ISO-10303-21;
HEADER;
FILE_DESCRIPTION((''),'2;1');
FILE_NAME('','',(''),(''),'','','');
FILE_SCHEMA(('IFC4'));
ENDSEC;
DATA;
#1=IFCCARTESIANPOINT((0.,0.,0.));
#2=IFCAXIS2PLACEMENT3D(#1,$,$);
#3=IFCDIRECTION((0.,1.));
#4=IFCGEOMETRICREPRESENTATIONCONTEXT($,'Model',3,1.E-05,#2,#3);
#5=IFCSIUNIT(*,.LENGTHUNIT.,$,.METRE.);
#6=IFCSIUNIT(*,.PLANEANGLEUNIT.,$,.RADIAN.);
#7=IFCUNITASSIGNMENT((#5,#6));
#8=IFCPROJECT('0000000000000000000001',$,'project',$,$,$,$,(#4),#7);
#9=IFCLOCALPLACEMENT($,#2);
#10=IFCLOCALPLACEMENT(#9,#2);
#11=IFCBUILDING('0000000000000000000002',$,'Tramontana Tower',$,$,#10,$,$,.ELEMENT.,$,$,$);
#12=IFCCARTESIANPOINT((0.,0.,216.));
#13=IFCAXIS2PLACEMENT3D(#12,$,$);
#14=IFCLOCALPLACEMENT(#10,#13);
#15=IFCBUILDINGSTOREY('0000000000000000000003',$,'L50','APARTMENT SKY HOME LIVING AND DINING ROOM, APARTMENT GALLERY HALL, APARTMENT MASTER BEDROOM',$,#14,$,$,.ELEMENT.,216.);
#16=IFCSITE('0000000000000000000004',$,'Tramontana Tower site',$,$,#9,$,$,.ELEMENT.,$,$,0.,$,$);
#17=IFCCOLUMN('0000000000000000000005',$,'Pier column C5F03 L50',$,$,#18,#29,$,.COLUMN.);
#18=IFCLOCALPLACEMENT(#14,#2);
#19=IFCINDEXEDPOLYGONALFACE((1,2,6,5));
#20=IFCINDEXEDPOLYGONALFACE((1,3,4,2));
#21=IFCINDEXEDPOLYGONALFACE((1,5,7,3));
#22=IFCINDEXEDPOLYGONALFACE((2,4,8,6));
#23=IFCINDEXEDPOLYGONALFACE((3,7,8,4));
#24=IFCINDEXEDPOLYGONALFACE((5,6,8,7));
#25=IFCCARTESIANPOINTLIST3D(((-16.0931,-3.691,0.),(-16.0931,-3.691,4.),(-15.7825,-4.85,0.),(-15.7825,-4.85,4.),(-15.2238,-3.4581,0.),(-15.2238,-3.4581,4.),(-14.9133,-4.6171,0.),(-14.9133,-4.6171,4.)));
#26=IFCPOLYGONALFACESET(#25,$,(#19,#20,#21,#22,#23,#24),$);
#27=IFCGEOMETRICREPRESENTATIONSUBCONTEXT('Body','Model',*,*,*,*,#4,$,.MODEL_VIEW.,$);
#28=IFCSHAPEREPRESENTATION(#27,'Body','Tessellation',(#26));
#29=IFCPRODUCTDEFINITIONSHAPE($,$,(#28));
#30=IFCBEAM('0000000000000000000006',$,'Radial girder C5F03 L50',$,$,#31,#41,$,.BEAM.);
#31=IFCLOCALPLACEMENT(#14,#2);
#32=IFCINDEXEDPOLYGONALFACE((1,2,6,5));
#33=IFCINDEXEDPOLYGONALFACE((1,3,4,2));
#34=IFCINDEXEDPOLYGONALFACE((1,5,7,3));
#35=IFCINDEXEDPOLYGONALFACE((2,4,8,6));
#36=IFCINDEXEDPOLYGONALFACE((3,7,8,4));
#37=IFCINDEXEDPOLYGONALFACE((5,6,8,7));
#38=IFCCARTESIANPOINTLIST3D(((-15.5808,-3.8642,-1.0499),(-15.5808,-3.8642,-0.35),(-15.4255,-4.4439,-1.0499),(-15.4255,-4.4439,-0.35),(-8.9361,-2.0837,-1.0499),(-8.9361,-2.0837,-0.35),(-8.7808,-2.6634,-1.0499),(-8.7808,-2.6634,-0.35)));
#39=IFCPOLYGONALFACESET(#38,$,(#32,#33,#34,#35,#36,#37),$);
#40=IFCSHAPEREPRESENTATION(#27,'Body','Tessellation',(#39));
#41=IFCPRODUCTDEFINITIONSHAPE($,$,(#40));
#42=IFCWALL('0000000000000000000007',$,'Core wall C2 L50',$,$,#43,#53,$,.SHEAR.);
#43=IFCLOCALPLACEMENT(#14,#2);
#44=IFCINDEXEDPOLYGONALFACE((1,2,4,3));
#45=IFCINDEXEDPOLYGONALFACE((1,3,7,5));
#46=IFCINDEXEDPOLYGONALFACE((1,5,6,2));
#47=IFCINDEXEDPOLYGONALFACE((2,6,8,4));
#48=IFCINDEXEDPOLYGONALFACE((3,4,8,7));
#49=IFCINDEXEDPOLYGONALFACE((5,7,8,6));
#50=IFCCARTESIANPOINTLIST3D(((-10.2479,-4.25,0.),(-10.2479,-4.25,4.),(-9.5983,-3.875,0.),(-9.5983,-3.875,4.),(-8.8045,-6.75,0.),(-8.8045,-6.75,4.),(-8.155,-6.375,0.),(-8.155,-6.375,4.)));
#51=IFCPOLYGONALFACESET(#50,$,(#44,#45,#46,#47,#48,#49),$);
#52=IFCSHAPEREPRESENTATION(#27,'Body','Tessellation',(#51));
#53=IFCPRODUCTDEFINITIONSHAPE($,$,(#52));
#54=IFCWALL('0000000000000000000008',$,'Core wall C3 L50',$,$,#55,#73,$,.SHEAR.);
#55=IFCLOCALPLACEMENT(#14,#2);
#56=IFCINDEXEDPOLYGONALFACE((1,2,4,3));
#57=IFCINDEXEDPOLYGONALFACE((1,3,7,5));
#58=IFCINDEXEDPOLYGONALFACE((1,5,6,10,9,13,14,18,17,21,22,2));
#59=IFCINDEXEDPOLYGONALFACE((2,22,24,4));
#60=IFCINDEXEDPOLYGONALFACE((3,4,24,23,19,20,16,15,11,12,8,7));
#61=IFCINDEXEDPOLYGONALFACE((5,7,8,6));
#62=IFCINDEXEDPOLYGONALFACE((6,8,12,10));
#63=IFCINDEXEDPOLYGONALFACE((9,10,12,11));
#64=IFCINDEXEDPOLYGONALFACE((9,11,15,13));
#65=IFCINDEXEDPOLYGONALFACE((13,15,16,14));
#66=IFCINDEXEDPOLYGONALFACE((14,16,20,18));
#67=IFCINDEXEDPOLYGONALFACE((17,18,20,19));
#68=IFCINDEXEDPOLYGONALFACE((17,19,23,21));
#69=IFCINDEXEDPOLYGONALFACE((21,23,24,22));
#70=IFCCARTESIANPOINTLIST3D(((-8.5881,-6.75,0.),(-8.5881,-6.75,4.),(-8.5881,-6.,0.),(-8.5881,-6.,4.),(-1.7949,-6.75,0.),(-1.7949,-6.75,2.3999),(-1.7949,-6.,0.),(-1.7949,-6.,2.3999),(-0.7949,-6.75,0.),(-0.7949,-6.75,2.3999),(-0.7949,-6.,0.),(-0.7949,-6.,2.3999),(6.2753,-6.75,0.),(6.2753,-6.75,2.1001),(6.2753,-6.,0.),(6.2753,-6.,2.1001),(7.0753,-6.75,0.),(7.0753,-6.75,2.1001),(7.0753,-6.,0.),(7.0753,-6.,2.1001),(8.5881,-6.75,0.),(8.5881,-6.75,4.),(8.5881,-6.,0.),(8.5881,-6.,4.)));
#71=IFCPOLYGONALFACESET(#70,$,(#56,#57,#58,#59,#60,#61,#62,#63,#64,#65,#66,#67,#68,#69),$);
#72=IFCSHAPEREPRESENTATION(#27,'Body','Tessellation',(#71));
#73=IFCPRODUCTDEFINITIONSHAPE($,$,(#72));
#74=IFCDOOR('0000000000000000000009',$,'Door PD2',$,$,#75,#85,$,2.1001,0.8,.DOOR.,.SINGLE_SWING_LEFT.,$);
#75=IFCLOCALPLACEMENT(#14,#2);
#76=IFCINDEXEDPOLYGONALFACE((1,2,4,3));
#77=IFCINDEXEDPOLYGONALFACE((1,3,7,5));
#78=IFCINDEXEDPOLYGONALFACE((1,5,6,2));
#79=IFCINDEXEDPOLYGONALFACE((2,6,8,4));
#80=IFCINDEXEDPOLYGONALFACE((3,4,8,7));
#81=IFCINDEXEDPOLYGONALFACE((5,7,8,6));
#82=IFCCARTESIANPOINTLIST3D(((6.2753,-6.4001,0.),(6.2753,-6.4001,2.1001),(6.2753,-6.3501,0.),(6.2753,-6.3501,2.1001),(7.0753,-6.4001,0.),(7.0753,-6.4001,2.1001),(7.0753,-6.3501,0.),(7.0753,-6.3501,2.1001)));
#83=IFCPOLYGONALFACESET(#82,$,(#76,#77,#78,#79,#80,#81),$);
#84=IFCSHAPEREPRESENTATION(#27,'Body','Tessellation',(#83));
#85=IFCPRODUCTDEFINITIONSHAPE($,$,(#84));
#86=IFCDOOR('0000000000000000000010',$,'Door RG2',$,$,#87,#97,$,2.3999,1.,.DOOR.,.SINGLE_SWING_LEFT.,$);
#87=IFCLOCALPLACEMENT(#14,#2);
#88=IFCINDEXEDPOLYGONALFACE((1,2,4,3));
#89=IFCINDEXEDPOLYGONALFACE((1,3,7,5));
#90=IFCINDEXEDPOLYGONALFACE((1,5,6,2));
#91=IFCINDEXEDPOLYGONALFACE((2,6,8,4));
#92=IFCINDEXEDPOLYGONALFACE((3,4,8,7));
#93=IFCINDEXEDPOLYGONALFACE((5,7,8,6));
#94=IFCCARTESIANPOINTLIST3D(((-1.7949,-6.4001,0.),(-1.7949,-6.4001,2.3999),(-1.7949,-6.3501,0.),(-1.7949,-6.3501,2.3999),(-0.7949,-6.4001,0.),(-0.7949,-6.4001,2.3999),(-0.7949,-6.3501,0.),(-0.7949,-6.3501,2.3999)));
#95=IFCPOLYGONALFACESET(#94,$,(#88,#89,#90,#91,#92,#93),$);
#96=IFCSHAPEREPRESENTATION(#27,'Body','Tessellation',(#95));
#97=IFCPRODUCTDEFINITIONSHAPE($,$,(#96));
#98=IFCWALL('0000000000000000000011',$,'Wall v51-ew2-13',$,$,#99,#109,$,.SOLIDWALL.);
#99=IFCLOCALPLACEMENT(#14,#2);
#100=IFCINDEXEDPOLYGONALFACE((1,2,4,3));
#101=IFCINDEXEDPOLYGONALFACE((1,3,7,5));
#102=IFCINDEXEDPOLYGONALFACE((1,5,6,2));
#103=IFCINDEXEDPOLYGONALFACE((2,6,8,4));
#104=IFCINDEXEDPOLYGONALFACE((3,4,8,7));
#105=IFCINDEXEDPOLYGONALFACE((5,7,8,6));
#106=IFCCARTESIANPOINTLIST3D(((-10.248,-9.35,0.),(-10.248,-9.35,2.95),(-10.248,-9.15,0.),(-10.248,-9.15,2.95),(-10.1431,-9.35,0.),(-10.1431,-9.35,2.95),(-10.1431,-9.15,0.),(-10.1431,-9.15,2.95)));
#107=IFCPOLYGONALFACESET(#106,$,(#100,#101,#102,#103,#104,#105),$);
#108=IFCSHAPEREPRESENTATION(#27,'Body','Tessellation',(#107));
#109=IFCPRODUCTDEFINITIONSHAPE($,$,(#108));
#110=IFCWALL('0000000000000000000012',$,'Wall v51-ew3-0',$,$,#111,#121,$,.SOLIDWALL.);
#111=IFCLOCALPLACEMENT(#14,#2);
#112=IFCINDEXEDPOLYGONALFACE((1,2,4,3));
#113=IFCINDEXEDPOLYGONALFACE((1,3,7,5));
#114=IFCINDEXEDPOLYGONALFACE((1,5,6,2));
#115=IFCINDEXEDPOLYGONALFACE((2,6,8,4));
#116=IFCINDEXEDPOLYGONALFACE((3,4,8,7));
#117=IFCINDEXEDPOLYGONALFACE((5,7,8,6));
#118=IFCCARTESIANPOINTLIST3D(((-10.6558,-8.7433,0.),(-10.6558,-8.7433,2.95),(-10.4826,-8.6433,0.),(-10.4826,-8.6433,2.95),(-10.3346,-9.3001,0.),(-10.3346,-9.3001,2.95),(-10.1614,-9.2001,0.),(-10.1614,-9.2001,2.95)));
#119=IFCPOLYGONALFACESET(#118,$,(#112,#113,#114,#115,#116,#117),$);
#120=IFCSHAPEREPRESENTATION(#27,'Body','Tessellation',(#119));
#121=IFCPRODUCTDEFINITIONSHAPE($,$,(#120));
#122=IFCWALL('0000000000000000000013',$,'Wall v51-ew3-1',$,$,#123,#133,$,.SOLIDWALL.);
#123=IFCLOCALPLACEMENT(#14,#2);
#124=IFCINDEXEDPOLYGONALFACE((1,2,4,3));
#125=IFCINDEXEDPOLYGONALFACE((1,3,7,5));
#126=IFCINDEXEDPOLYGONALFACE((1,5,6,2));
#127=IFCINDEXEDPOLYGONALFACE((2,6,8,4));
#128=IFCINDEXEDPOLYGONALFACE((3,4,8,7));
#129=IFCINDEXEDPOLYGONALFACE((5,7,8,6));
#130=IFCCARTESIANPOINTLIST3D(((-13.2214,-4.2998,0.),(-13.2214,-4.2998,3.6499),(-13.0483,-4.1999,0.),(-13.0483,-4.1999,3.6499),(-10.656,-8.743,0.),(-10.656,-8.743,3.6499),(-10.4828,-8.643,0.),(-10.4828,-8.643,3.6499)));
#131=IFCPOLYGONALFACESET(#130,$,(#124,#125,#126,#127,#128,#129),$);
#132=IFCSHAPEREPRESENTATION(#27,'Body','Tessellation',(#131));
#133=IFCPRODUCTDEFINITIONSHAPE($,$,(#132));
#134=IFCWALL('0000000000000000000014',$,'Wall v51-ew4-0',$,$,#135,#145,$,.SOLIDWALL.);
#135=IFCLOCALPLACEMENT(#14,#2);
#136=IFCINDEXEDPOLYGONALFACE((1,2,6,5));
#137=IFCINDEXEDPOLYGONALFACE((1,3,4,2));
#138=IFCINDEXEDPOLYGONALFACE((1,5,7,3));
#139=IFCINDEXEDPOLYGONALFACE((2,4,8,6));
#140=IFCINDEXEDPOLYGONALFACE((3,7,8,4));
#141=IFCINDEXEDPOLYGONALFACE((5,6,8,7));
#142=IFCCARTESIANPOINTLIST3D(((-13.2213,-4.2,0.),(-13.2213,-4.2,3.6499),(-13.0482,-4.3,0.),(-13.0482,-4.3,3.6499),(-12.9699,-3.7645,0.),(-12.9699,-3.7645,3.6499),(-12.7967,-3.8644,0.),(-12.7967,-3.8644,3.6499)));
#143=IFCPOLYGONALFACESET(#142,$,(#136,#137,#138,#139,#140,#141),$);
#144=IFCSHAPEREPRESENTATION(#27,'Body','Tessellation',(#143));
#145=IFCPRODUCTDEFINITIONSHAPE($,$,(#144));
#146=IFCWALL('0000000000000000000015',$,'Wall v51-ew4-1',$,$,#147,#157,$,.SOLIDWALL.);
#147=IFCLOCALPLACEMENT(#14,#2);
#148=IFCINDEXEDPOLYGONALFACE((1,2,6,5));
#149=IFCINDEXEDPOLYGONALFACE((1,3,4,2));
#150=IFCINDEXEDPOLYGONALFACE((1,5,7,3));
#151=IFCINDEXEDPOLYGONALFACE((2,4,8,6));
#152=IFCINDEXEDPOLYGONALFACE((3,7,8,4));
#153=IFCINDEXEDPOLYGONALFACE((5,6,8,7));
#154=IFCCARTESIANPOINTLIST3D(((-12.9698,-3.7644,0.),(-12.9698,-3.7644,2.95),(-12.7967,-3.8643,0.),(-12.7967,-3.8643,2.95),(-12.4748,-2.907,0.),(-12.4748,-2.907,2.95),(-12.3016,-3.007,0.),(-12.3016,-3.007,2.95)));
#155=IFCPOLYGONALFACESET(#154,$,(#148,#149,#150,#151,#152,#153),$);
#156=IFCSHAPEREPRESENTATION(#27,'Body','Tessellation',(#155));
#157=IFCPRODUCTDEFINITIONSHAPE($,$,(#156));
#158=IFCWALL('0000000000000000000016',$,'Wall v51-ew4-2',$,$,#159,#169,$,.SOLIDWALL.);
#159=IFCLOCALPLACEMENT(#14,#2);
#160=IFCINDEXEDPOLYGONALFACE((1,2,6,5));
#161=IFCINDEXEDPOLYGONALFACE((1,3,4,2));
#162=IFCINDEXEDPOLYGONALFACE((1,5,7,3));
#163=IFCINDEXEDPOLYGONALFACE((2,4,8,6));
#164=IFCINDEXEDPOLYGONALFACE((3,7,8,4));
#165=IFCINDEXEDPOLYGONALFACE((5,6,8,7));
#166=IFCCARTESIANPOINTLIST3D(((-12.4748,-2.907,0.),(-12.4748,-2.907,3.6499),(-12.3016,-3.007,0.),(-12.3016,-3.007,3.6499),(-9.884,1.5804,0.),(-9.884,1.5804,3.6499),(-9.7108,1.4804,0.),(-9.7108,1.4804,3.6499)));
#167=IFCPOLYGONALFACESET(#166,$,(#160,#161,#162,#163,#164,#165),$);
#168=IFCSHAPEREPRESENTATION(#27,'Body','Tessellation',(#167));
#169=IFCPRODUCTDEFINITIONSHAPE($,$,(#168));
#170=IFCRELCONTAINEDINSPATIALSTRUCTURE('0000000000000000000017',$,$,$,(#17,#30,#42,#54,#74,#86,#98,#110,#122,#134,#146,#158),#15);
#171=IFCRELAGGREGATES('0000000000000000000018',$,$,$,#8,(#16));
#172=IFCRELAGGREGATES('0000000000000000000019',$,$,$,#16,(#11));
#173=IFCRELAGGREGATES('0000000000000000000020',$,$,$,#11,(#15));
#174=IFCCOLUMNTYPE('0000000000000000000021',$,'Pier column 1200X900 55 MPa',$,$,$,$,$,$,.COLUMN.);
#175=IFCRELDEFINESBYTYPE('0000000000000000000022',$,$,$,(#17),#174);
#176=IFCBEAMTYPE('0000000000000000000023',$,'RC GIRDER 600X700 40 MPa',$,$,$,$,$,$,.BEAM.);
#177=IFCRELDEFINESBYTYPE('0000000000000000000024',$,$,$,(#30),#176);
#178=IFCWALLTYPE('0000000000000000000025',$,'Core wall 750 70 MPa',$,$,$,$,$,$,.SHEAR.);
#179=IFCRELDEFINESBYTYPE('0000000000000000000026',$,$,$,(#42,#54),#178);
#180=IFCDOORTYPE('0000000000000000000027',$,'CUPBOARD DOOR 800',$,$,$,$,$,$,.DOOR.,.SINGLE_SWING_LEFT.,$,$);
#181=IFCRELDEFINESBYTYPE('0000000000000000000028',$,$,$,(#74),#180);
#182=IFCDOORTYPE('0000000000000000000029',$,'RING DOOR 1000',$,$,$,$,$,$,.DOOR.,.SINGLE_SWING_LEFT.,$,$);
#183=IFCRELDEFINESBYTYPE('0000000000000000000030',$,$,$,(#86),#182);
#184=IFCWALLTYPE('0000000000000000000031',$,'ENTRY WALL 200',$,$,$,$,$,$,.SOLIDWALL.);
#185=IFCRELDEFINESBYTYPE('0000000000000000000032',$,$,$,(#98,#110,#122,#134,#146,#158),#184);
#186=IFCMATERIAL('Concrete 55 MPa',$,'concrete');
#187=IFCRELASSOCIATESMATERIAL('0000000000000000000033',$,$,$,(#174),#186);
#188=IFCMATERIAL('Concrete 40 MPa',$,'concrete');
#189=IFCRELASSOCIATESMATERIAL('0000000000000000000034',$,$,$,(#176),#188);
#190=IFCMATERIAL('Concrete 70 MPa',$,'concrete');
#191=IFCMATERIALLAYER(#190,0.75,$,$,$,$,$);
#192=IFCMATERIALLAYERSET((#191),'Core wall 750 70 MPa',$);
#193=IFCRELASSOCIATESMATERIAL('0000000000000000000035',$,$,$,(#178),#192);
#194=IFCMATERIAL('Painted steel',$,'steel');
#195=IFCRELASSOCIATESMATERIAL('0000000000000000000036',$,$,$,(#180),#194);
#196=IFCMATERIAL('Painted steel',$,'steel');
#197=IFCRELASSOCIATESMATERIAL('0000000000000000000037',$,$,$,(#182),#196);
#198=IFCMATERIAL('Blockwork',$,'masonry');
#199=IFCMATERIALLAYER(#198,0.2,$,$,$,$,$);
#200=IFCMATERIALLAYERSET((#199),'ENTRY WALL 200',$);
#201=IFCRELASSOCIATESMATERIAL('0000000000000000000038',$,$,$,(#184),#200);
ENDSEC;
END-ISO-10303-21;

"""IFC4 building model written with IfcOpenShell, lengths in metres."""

from ifc_helpers import new_model, si_unit, direction, frame, frame_2d, origin, origin_2d, place, context, subcontext, project, spatial, rectangle, extrude, material, layer, layer_set, material_profile, profile_set, type_object, element, fill, save


model = new_model("IFC4")

# Units and contexts
model_context = context("Model", 3, precision=1e-05, world=origin(), true_north=direction((0.0, 1.0)))
body_context = subcontext(model_context, "Body", "Model", "MODEL_VIEW")
ifc_project = project(units=[si_unit("LENGTHUNIT", "METRE"), si_unit("PLANEANGLEUNIT", "RADIAN")], contexts=[model_context])

# Site, building, storey
site_placement = place(None, origin())
site = spatial("IfcSite", under=ifc_project, at=site_placement, Name="Tramontana Tower site", CompositionType="ELEMENT", RefElevation=0.0)
building_placement = place(site_placement, origin())
building = spatial("IfcBuilding", under=site, at=building_placement, Name="Tramontana Tower", CompositionType="ELEMENT")
storey_placement = place(building_placement, frame((0.0, 0.0, 216.0)))
storey = spatial("IfcBuildingStorey", under=building, at=storey_placement, Name="L50", Description="APARTMENT SKY HOME LIVING AND DINING ROOM, APARTMENT GALLERY HALL, APARTMENT MASTER BEDROOM", CompositionType="ELEMENT", Elevation=216.0)

# Column
ifc_material_1 = material(Name="Concrete 55 MPa", Category="concrete")
ifc_material_profile_1 = material_profile(ifc_material_1, rectangle(XDim=1.2, YDim=0.8999, at=origin_2d()), Name="Pier column 1200X900 55 MPa")
ifc_profile_set_1 = profile_set([ifc_material_profile_1], Name="Concrete 55 MPa")
column_type = type_object("IfcColumnType", Name="Pier column 1200X900 55 MPa", PredefinedType="COLUMN", material=ifc_profile_set_1)
column_placement = place(storey_placement, frame((-15.5032, -4.1541, 0.0), z_axis=(0.0, 0.0, 1.0), x_axis=(0.258819, -0.965926, 0.0)))
element("IfcColumn", 1, at=column_placement, inside=storey, type_object=column_type, Name="Pier column C5F03 L50", PredefinedType="COLUMN", context=body_context, shape_type="SweptSolid", body=[
    extrude(rectangle(XDim=1.2, YDim=0.8999, at=origin_2d()), origin(), (0.0, 0.0, 1.0), 4.0),
])

# Beam
ifc_material_2 = material(Name="Concrete 40 MPa", Category="concrete")
ifc_material_profile_2 = material_profile(ifc_material_2, rectangle(XDim=0.6001, YDim=0.7, at=origin_2d()), Name="RC GIRDER 600X700 40 MPa")
ifc_profile_set_2 = profile_set([ifc_material_profile_2], Name="Concrete 40 MPa")
beam_type = type_object("IfcBeamType", Name="RC GIRDER 600X700 40 MPa", PredefinedType="BEAM", material=ifc_profile_set_2)
beam_placement = place(storey_placement, frame((-15.5032, -4.1541, -0.7), z_axis=(0.965924, 0.258827, 0.0), x_axis=(-0.258827, 0.965924, 0.0)))
element("IfcBeam", 2, at=beam_placement, inside=storey, type_object=beam_type, Name="Radial girder C5F03 L50", PredefinedType="BEAM", context=body_context, shape_type="SweptSolid", body=[
    extrude(rectangle(XDim=0.6001, YDim=0.7, at=origin_2d()), origin(), (0.0, 0.0, 1.0), 6.8792),
])

# Wall
ifc_material_3 = material(Name="Concrete 70 MPa", Category="concrete")
ifc_layer_1 = layer(ifc_material_3, 0.75)
ifc_layer_set_1 = layer_set([ifc_layer_1], Name="Core wall 750 70 MPa")
wall_type_1 = type_object("IfcWallType", Name="Core wall 750 70 MPa", PredefinedType="SHEAR", material=ifc_layer_set_1)
wall_1_placement = place(storey_placement, frame((-9.9231, -4.0625, 0.0), z_axis=(0.0, 0.0, 1.0), x_axis=(0.499996, -0.866028, 0.0)))
element("IfcWall", 3, at=wall_1_placement, inside=storey, type_object=wall_type_1, Name="Core wall C2 L50", PredefinedType="SHEAR", context=body_context, shape_type="SweptSolid", body=[
    extrude(rectangle(XDim=2.8867, YDim=0.75, at=frame_2d((1.4434, 0.0))), origin(), (0.0, 0.0, 1.0), 4.0),
])

# Wall, openings, doors
wall_2_placement = place(storey_placement, frame((-8.5881, -6.375, 0.0), z_axis=(0.0, 0.0, 1.0), x_axis=(1.0, 0.0, 0.0)))
wall_2 = element("IfcWall", 4, at=wall_2_placement, inside=storey, type_object=wall_type_1, Name="Core wall C3 L50", PredefinedType="SHEAR", context=body_context, shape_type="SweptSolid", body=[
    extrude(rectangle(XDim=17.1763, YDim=0.75, at=frame_2d((8.5881, 0.0))), origin(), (0.0, 0.0, 1.0), 4.0),
])
opening_1_placement = place(wall_2_placement, frame((6.7932, 0.0, 0.0)))
opening_1 = element("IfcOpeningElement", 5, at=opening_1_placement, cuts=wall_2, PredefinedType="OPENING", context=body_context, shape_type="SweptSolid", body=[
    extrude(rectangle(XDim=1.0, YDim=2.3999, at=frame_2d((0.5, 1.2))), frame((0.0, 0.385, 0.0), z_axis=(0.0, -1.0, 0.0), x_axis=(1.0, 0.0, 0.0)), (0.0, 0.0, 1.0), 0.77),
])
opening_2_placement = place(wall_2_placement, frame((14.8635, 0.0, 0.0)))
opening_2 = element("IfcOpeningElement", 6, at=opening_2_placement, cuts=wall_2, PredefinedType="OPENING", context=body_context, shape_type="SweptSolid", body=[
    extrude(rectangle(XDim=0.8, YDim=2.1001, at=frame_2d((0.3999, 1.05))), frame((0.0, 0.385, 0.0), z_axis=(0.0, -1.0, 0.0), x_axis=(1.0, 0.0, 0.0)), (0.0, 0.0, 1.0), 0.77),
])
ifc_material_4 = material(Name="Painted steel", Category="steel")
door_type_1 = type_object("IfcDoorType", Name="CUPBOARD DOOR 800", OperationType="SINGLE_SWING_LEFT", PredefinedType="DOOR", material=ifc_material_4)
door_1_placement = place(opening_2_placement, origin())
door_1 = element("IfcDoor", 7, at=door_1_placement, inside=storey, type_object=door_type_1, Name="Door PD2", OperationType="SINGLE_SWING_LEFT", OverallHeight=2.1001, OverallWidth=0.8, PredefinedType="DOOR", context=body_context, shape_type="SweptSolid", body=[
    extrude(rectangle(XDim=0.8, YDim=2.1001, at=frame_2d((0.3999, 1.05))), frame((0.0, 0.0249, 0.0), z_axis=(0.0, -1.0, 0.0), x_axis=(1.0, 0.0, 0.0)), (0.0, 0.0, 1.0), 0.05),
])
fill(opening_2, door_1)
ifc_material_5 = material(Name="Painted steel", Category="steel")
door_type_2 = type_object("IfcDoorType", Name="RING DOOR 1000", OperationType="SINGLE_SWING_LEFT", PredefinedType="DOOR", material=ifc_material_5)
door_2_placement = place(opening_1_placement, origin())
door_2 = element("IfcDoor", 8, at=door_2_placement, inside=storey, type_object=door_type_2, Name="Door RG2", OperationType="SINGLE_SWING_LEFT", OverallHeight=2.3999, OverallWidth=1.0, PredefinedType="DOOR", context=body_context, shape_type="SweptSolid", body=[
    extrude(rectangle(XDim=1.0, YDim=2.3999, at=frame_2d((0.5, 1.2))), frame((0.0, 0.0249, 0.0), z_axis=(0.0, -1.0, 0.0), x_axis=(1.0, 0.0, 0.0)), (0.0, 0.0, 1.0), 0.05),
])
fill(opening_1, door_2)

# Walls
ifc_material_6 = material(Name="Blockwork", Category="masonry")
ifc_layer_2 = layer(ifc_material_6, 0.2)
ifc_layer_set_2 = layer_set([ifc_layer_2], Name="ENTRY WALL 200")
wall_type_2 = type_object("IfcWallType", Name="ENTRY WALL 200", PredefinedType="SOLIDWALL", material=ifc_layer_set_2)
wall_3_placement = place(storey_placement, frame((-10.1431, -9.25, 0.0), z_axis=(0.0, 0.0, 1.0), x_axis=(-1.0, 0.0, 0.0)))
element("IfcWall", 9, at=wall_3_placement, inside=storey, type_object=wall_type_2, Name="Wall v51-ew2-13", PredefinedType="SOLIDWALL", context=body_context, shape_type="SweptSolid", body=[
    extrude(rectangle(XDim=0.105, YDim=0.2, at=frame_2d((0.0525, 0.0))), origin(), (0.0, 0.0, 1.0), 2.95),
])
wall_4_placement = place(storey_placement, frame((-10.248, -9.25, 0.0), z_axis=(0.0, 0.0, 1.0), x_axis=(-0.499733, 0.866179, 0.0)))
element("IfcWall", 10, at=wall_4_placement, inside=storey, type_object=wall_type_2, Name="Wall v51-ew3-0", PredefinedType="SOLIDWALL", context=body_context, shape_type="SweptSolid", body=[
    extrude(rectangle(XDim=0.6428, YDim=0.2, at=frame_2d((0.3213, 0.0))), origin(), (0.0, 0.0, 1.0), 2.95),
])
wall_5_placement = place(storey_placement, frame((-10.5693, -8.6931, 0.0), z_axis=(0.0, 0.0, 1.0), x_axis=(-0.500029, 0.866009, 0.0)))
element("IfcWall", 11, at=wall_5_placement, inside=storey, type_object=wall_type_2, Name="Wall v51-ew3-1", PredefinedType="SOLIDWALL", context=body_context, shape_type="SweptSolid", body=[
    extrude(rectangle(XDim=5.1306, YDim=0.2, at=frame_2d((2.5654, 0.0))), origin(), (0.0, 0.0, 1.0), 3.6499),
])
wall_6_placement = place(storey_placement, frame((-13.1348, -4.25, 0.0), z_axis=(0.0, 0.0, 1.0), x_axis=(0.500003, 0.866024, 0.0)))
element("IfcWall", 12, at=wall_6_placement, inside=storey, type_object=wall_type_2, Name="Wall v51-ew4-0", PredefinedType="SOLIDWALL", context=body_context, shape_type="SweptSolid", body=[
    extrude(rectangle(XDim=0.5029, YDim=0.2, at=frame_2d((0.2515, 0.0))), origin(), (0.0, 0.0, 1.0), 3.6499),
])
wall_7_placement = place(storey_placement, frame((-12.8833, -3.8145, 0.0), z_axis=(0.0, 0.0, 1.0), x_axis=(0.500064, 0.865988, 0.0)))
element("IfcWall", 13, at=wall_7_placement, inside=storey, type_object=wall_type_2, Name="Wall v51-ew4-1", PredefinedType="SOLIDWALL", context=body_context, shape_type="SweptSolid", body=[
    extrude(rectangle(XDim=0.99, YDim=0.2, at=frame_2d((0.4951, 0.0))), origin(), (0.0, 0.0, 1.0), 2.95),
])
wall_8_placement = place(storey_placement, frame((-12.3882, -2.957, 0.0), z_axis=(0.0, 0.0, 1.0), x_axis=(0.49999, 0.866031, 0.0)))
element("IfcWall", 14, at=wall_8_placement, inside=storey, type_object=wall_type_2, Name="Wall v51-ew4-2", PredefinedType="SOLIDWALL", context=body_context, shape_type="SweptSolid", body=[
    extrude(rectangle(XDim=5.1816, YDim=0.2, at=frame_2d((2.5908, 0.0))), origin(), (0.0, 0.0, 1.0), 3.6499),
])

save(model, "model.ifc")
